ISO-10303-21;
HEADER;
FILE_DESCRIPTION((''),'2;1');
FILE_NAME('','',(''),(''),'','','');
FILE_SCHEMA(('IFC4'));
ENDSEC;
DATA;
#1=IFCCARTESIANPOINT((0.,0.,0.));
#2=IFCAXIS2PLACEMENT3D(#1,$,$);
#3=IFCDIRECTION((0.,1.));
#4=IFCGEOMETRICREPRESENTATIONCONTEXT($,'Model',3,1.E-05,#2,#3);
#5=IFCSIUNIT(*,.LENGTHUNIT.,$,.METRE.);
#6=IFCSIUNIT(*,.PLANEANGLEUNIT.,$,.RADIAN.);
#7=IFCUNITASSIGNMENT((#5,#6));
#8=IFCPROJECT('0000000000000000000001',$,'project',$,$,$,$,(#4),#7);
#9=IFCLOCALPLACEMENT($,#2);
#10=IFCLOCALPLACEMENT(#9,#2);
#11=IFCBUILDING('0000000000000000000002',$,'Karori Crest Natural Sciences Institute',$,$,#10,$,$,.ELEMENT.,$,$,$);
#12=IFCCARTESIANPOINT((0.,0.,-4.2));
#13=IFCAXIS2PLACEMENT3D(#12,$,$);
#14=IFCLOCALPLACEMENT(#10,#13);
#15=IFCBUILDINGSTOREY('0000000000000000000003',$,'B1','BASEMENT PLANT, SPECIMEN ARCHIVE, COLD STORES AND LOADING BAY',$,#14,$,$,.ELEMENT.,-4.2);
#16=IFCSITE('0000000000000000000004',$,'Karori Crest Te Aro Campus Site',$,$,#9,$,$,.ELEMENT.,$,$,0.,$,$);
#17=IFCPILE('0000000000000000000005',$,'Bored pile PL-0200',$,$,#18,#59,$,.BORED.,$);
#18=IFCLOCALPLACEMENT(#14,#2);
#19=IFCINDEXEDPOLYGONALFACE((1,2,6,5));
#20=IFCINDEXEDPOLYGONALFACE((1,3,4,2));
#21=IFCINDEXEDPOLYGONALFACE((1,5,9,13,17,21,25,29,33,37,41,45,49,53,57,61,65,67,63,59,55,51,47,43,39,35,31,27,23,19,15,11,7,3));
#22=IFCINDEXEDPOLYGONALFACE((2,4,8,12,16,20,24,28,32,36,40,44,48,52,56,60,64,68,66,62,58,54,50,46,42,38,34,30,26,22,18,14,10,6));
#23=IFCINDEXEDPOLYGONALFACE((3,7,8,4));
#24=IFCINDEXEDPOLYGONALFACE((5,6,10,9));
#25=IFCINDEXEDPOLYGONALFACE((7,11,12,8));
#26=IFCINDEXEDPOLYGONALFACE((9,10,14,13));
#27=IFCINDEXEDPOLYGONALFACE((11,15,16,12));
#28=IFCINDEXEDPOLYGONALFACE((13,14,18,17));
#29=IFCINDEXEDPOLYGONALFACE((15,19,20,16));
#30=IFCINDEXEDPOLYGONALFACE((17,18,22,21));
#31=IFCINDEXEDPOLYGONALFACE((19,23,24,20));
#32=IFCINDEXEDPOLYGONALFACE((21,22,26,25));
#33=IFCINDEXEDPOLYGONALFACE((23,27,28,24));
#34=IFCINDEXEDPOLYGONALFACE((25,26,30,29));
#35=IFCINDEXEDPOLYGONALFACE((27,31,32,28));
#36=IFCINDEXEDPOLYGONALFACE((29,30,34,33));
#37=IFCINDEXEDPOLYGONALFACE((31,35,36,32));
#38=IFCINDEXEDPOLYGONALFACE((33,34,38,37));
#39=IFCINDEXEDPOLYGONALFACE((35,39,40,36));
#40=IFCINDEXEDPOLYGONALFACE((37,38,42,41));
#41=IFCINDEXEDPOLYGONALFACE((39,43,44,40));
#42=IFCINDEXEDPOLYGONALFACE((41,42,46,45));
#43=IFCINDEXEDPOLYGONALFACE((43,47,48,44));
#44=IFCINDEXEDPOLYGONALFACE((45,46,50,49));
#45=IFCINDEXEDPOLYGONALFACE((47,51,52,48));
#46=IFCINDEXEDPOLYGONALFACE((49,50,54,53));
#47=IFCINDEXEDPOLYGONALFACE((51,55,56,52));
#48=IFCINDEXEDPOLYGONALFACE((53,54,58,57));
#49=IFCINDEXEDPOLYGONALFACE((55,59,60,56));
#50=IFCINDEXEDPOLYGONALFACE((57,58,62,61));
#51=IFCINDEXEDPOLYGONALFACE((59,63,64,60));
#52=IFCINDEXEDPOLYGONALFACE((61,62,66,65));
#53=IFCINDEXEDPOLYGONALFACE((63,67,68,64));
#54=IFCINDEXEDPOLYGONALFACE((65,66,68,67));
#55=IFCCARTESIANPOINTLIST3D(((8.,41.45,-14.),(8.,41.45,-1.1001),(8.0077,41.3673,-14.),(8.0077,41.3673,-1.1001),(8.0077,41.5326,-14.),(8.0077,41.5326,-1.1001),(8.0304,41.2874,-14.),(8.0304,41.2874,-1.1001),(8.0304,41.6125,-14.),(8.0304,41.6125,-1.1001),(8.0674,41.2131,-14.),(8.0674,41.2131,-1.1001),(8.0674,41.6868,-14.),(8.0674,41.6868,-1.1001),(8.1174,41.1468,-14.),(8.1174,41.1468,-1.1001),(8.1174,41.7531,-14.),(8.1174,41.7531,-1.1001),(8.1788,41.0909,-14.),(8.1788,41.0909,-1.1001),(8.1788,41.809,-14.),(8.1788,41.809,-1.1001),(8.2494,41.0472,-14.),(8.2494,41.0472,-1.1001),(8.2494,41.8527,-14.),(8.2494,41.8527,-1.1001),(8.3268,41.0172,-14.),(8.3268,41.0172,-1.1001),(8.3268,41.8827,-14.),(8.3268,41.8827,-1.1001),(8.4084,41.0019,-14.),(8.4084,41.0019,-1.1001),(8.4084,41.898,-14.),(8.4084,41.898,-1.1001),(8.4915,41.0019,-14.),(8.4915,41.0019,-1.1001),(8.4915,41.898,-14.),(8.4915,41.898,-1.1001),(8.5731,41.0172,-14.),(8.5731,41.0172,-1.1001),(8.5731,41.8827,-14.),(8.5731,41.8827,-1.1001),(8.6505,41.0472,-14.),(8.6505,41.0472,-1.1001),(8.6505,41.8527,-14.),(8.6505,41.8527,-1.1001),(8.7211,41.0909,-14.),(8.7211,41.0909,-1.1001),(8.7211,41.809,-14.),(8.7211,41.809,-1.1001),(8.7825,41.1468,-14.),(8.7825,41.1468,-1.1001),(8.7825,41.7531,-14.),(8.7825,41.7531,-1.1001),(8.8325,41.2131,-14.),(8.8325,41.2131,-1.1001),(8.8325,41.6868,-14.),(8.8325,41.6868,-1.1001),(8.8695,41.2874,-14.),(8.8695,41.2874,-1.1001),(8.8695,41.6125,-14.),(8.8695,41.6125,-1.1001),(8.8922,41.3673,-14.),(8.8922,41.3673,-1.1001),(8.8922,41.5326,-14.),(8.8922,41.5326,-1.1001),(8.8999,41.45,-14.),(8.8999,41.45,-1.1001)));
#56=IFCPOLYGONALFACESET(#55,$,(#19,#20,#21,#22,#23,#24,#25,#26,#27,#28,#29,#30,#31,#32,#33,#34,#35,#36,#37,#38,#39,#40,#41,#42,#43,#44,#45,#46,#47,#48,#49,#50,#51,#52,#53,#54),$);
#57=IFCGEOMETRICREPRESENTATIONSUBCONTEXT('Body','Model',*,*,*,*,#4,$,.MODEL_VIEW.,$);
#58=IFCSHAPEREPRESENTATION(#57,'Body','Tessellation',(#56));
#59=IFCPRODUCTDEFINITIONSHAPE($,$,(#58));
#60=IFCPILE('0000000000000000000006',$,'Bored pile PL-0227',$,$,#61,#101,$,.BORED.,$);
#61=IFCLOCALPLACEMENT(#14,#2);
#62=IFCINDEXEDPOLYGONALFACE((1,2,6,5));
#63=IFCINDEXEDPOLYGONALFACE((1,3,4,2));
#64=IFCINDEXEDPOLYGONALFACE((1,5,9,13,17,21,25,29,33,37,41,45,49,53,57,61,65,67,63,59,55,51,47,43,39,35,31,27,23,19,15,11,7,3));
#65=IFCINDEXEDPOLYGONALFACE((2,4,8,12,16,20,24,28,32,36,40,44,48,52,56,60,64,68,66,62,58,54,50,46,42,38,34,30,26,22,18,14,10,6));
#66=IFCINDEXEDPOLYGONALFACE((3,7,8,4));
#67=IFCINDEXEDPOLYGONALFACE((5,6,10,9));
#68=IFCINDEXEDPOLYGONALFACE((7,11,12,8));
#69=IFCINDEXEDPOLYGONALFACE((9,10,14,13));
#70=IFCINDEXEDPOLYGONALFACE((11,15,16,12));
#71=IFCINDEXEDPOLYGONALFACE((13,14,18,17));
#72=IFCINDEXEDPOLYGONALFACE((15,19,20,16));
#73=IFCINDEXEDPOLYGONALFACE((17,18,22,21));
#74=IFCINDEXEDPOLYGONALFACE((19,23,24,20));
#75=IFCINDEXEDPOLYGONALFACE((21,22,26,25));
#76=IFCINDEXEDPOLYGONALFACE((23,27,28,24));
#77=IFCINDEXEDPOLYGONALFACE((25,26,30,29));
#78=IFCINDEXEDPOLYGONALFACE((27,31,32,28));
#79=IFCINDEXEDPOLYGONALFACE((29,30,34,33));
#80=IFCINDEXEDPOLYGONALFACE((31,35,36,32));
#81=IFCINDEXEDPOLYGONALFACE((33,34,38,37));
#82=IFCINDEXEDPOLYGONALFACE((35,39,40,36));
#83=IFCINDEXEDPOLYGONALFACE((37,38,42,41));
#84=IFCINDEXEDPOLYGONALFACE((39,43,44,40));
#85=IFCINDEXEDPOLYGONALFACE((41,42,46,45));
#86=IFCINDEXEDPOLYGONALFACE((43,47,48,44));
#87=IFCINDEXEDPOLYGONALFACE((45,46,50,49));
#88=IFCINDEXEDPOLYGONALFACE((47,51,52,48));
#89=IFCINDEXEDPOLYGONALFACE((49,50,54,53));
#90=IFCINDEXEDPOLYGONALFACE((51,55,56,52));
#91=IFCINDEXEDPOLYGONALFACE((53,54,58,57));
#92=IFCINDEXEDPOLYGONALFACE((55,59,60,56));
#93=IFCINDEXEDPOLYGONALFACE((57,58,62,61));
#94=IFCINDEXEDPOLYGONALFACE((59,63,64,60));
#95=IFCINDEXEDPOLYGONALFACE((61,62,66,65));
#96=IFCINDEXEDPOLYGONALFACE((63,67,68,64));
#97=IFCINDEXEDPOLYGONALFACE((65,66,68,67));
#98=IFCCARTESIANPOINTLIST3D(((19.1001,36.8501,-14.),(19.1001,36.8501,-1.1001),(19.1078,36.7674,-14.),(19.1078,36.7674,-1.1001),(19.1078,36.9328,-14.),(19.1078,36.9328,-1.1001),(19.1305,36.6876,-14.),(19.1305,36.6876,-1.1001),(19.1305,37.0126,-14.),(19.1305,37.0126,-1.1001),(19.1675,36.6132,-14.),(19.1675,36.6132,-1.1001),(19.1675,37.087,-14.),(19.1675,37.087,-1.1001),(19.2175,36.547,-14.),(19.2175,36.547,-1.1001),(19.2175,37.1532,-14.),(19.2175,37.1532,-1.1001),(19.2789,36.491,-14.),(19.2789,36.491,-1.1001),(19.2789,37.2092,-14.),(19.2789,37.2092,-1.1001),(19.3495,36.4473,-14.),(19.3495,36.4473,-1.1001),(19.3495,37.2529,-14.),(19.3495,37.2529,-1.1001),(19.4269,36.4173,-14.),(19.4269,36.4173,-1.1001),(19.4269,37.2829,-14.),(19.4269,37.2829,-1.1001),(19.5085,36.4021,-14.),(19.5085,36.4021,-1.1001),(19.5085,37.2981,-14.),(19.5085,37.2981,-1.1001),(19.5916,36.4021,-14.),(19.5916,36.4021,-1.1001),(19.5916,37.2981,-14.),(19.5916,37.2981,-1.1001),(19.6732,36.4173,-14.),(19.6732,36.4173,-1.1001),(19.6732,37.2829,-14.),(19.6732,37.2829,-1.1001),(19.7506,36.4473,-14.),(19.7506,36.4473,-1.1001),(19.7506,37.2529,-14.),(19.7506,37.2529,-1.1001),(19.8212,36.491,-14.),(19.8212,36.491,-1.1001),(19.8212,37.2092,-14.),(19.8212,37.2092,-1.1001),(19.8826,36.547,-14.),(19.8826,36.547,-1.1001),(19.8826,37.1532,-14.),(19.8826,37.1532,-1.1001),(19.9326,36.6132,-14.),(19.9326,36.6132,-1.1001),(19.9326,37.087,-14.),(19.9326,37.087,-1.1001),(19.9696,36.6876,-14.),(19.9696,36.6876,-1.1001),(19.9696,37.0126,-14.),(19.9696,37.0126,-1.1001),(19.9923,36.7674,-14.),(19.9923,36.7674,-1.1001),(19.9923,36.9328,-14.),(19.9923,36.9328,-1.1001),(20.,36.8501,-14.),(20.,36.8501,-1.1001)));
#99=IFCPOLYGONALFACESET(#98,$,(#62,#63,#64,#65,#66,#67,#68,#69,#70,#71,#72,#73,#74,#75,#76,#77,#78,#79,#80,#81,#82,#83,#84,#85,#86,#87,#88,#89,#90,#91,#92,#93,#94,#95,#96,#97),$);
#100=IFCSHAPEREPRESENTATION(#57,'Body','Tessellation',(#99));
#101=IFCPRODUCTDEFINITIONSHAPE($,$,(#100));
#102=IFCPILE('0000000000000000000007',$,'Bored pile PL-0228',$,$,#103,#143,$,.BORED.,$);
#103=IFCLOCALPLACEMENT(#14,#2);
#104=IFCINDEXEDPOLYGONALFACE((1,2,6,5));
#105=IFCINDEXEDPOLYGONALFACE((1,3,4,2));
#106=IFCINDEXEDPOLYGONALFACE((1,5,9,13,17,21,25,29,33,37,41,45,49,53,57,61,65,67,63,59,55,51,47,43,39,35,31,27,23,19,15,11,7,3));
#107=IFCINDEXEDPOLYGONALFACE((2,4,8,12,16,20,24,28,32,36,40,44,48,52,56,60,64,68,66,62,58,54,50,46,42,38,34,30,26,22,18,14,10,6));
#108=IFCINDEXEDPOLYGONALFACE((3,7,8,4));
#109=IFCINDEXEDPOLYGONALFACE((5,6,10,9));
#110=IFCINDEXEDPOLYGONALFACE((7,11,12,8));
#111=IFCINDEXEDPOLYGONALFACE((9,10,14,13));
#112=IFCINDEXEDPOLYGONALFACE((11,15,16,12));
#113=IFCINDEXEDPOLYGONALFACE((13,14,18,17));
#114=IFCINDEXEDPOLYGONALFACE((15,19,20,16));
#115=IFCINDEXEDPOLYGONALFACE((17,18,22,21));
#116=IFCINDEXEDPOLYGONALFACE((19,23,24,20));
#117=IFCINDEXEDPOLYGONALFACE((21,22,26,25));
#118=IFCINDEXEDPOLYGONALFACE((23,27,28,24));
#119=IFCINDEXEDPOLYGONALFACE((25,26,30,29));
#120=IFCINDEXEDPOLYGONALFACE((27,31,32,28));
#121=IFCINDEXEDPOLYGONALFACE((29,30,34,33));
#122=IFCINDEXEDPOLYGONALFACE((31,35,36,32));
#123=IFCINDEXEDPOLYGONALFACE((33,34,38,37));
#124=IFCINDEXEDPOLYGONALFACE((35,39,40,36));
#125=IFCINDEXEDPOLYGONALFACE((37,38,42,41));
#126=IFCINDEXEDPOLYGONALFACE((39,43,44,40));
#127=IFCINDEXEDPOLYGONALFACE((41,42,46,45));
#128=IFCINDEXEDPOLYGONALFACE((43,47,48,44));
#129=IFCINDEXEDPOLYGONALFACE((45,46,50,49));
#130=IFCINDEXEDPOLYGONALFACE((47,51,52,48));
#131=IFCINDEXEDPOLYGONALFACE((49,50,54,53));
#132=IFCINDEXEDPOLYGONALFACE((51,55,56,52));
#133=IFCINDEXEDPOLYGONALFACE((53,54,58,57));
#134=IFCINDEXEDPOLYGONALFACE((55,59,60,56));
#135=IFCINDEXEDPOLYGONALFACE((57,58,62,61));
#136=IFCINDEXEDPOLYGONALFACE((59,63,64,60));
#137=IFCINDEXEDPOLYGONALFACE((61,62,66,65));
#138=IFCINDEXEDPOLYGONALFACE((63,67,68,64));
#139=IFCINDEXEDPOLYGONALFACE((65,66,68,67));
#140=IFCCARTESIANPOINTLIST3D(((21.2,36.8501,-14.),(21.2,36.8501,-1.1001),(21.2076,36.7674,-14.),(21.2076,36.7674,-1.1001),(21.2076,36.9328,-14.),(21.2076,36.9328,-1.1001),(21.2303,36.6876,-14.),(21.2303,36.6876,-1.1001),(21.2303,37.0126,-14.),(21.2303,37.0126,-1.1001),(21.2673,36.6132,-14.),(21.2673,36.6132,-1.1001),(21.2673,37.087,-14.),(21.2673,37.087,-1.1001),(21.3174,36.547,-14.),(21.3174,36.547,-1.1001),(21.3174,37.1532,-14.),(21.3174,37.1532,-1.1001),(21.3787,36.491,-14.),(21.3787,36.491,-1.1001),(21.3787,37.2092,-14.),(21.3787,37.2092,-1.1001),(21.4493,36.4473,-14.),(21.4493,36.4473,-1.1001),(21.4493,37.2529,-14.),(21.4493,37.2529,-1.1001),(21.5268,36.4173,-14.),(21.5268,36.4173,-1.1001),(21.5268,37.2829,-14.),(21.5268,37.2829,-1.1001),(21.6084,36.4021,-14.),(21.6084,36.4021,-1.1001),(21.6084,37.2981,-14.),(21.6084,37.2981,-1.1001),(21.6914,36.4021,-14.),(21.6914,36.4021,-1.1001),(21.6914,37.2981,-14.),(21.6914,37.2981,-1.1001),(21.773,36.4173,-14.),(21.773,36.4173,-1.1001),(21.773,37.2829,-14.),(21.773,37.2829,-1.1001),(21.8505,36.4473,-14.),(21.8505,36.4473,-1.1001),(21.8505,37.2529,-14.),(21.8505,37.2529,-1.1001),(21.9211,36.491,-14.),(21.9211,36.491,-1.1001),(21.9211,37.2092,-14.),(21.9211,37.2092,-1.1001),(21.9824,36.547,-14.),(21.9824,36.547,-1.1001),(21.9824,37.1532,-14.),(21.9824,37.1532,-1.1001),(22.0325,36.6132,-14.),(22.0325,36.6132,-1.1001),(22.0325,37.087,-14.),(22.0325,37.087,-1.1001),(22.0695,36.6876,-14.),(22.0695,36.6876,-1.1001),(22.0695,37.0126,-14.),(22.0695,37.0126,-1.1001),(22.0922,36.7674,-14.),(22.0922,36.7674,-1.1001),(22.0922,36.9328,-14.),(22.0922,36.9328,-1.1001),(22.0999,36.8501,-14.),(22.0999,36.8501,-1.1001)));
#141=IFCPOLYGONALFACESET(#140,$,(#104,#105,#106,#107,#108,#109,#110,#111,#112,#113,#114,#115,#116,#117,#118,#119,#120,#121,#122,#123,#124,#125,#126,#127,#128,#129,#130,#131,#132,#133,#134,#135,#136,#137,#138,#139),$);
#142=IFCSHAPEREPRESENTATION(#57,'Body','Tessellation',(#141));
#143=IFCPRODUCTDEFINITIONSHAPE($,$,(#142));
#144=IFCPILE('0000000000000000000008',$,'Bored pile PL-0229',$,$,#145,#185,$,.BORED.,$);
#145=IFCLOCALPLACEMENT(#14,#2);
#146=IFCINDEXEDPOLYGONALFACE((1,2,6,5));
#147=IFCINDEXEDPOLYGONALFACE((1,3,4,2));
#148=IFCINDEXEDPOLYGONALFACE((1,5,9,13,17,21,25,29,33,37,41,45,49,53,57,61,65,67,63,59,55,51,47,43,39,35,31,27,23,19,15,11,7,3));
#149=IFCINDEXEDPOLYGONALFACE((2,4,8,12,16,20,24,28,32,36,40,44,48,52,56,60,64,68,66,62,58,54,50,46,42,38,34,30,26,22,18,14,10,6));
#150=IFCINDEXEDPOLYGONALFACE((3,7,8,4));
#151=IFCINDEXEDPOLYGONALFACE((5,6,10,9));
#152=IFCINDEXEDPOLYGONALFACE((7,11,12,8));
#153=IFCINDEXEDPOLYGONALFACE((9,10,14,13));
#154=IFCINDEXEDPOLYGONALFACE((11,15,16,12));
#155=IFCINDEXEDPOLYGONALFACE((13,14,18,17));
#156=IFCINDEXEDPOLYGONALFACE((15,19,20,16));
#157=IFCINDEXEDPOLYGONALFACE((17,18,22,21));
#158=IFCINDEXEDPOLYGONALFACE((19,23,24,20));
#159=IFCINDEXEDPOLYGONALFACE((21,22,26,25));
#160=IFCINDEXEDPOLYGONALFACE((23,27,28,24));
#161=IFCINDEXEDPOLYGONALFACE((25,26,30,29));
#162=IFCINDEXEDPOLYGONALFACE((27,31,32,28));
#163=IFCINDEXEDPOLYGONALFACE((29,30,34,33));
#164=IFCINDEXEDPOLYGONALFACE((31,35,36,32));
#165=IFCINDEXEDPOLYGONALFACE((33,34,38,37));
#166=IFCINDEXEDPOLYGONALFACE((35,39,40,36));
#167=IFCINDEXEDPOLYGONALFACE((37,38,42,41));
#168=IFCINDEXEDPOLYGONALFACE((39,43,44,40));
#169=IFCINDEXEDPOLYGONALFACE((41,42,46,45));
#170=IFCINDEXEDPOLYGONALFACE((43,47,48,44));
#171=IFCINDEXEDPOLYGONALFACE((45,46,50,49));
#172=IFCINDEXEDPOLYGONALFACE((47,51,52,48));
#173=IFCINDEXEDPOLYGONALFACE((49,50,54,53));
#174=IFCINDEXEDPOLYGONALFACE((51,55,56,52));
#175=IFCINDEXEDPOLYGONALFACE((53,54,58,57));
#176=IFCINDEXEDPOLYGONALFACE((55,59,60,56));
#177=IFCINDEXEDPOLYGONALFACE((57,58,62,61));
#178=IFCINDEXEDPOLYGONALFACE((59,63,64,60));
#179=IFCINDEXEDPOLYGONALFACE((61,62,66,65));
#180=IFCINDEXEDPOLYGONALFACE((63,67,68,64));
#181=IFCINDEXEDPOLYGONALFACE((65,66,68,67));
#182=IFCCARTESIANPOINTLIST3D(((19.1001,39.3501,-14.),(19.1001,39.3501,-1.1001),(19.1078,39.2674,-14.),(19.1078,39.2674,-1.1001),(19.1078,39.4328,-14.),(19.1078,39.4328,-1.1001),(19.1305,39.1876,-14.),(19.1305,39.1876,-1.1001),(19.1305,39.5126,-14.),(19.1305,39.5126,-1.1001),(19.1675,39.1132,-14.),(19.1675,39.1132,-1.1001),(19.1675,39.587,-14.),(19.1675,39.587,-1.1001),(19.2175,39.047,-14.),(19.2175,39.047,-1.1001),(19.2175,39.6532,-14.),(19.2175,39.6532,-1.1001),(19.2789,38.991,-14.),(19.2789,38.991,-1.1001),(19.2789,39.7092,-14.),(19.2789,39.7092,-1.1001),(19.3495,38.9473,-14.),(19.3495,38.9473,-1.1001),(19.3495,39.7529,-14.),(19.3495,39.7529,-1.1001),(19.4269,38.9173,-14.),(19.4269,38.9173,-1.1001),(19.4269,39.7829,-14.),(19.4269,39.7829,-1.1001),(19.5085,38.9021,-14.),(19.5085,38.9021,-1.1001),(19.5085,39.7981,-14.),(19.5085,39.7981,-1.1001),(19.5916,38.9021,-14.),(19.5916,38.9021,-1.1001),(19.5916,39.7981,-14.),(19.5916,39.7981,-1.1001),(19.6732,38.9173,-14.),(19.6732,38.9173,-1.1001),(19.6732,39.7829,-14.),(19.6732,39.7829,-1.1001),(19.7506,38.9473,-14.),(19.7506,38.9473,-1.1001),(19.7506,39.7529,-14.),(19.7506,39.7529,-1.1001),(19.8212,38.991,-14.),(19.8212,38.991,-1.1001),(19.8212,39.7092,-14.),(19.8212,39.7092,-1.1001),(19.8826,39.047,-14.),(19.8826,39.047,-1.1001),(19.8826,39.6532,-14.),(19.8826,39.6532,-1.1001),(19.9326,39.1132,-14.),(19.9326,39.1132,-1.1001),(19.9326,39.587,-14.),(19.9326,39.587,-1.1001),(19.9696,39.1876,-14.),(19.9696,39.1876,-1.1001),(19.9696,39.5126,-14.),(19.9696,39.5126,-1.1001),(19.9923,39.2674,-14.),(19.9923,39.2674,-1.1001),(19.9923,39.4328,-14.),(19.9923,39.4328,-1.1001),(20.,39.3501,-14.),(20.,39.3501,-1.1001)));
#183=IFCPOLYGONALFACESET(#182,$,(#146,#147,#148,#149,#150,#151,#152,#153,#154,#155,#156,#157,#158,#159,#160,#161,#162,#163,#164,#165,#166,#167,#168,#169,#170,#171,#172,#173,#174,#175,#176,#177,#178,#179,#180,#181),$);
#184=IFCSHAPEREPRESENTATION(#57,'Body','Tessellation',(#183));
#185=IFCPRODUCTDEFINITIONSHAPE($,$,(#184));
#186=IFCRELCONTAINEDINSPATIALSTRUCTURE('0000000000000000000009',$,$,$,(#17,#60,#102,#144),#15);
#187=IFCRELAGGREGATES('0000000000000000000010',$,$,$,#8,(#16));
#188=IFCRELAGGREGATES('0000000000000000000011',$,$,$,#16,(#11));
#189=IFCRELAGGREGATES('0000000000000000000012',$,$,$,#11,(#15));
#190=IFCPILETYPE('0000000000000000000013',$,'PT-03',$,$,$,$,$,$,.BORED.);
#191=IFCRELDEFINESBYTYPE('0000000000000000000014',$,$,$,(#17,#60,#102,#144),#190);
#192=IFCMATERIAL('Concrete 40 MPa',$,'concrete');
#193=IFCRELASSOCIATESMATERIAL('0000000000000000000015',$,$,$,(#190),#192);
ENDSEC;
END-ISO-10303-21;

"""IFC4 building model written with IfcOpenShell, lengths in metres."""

from ifc_helpers import new_model, si_unit, direction, frame, origin, origin_2d, place, context, subcontext, project, spatial, circle, extrude, material, material_profile, profile_set, type_object, element, save


model = new_model("IFC4")

# Units and contexts
model_context = context("Model", 3, precision=1e-05, world=origin(), true_north=direction((0.0, 1.0)))
body_context = subcontext(model_context, "Body", "Model", "MODEL_VIEW")
ifc_project = project(units=[si_unit("LENGTHUNIT", "METRE"), si_unit("PLANEANGLEUNIT", "RADIAN")], contexts=[model_context])

# Site, building, storey
site_placement = place(None, origin())
site = spatial("IfcSite", under=ifc_project, at=site_placement, Name="Karori Crest Te Aro Campus Site", CompositionType="ELEMENT", RefElevation=0.0)
building_placement = place(site_placement, origin())
building = spatial("IfcBuilding", under=site, at=building_placement, Name="Karori Crest Natural Sciences Institute", CompositionType="ELEMENT")
storey_placement = place(building_placement, frame((0.0, 0.0, -4.2)))
storey = spatial("IfcBuildingStorey", under=building, at=storey_placement, Name="B1", Description="BASEMENT PLANT, SPECIMEN ARCHIVE, COLD STORES AND LOADING BAY", CompositionType="ELEMENT", Elevation=-4.2)

# Shared definitions
ifc_material_1 = material(Name="Concrete 40 MPa", Category="concrete")

# Piles
ifc_material_profile_1 = material_profile(ifc_material_1, circle(Radius=0.45, at=origin_2d()), Name="PILE900")
ifc_profile_set_1 = profile_set([ifc_material_profile_1], Name="Concrete 40 MPa")
pile_type = type_object("IfcPileType", Name="PT-03", PredefinedType="BORED", material=ifc_profile_set_1)
for number, where, z_axis, x_axis, name in (
    (1, (8.45, 41.45, -1.1001), (0.0, 0.0, -1.0), (1.0, 0.0, 0.0), "Bored pile PL-0200"),
    (2, (19.55, 36.8501, -1.1001), (0.0, 0.0, -1.0), (1.0, 0.0, 0.0), "Bored pile PL-0227"),
    (3, (21.6499, 36.8501, -1.1001), (0.0, 0.0, -1.0), (1.0, 0.0, 0.0), "Bored pile PL-0228"),
    (4, (19.55, 39.3501, -1.1001), (0.0, 0.0, -1.0), (1.0, 0.0, 0.0), "Bored pile PL-0229"),
):
    element("IfcPile", number, at=place(storey_placement, frame(where, z_axis=z_axis, x_axis=x_axis)), inside=storey, type_object=pile_type, Name=name, PredefinedType="BORED", context=body_context, shape_type="SweptSolid", body=[
        extrude(circle(Radius=0.45, at=origin_2d()), origin(), (0.0, 0.0, 1.0), 12.8999),
    ])

save(model, "model.ifc")
